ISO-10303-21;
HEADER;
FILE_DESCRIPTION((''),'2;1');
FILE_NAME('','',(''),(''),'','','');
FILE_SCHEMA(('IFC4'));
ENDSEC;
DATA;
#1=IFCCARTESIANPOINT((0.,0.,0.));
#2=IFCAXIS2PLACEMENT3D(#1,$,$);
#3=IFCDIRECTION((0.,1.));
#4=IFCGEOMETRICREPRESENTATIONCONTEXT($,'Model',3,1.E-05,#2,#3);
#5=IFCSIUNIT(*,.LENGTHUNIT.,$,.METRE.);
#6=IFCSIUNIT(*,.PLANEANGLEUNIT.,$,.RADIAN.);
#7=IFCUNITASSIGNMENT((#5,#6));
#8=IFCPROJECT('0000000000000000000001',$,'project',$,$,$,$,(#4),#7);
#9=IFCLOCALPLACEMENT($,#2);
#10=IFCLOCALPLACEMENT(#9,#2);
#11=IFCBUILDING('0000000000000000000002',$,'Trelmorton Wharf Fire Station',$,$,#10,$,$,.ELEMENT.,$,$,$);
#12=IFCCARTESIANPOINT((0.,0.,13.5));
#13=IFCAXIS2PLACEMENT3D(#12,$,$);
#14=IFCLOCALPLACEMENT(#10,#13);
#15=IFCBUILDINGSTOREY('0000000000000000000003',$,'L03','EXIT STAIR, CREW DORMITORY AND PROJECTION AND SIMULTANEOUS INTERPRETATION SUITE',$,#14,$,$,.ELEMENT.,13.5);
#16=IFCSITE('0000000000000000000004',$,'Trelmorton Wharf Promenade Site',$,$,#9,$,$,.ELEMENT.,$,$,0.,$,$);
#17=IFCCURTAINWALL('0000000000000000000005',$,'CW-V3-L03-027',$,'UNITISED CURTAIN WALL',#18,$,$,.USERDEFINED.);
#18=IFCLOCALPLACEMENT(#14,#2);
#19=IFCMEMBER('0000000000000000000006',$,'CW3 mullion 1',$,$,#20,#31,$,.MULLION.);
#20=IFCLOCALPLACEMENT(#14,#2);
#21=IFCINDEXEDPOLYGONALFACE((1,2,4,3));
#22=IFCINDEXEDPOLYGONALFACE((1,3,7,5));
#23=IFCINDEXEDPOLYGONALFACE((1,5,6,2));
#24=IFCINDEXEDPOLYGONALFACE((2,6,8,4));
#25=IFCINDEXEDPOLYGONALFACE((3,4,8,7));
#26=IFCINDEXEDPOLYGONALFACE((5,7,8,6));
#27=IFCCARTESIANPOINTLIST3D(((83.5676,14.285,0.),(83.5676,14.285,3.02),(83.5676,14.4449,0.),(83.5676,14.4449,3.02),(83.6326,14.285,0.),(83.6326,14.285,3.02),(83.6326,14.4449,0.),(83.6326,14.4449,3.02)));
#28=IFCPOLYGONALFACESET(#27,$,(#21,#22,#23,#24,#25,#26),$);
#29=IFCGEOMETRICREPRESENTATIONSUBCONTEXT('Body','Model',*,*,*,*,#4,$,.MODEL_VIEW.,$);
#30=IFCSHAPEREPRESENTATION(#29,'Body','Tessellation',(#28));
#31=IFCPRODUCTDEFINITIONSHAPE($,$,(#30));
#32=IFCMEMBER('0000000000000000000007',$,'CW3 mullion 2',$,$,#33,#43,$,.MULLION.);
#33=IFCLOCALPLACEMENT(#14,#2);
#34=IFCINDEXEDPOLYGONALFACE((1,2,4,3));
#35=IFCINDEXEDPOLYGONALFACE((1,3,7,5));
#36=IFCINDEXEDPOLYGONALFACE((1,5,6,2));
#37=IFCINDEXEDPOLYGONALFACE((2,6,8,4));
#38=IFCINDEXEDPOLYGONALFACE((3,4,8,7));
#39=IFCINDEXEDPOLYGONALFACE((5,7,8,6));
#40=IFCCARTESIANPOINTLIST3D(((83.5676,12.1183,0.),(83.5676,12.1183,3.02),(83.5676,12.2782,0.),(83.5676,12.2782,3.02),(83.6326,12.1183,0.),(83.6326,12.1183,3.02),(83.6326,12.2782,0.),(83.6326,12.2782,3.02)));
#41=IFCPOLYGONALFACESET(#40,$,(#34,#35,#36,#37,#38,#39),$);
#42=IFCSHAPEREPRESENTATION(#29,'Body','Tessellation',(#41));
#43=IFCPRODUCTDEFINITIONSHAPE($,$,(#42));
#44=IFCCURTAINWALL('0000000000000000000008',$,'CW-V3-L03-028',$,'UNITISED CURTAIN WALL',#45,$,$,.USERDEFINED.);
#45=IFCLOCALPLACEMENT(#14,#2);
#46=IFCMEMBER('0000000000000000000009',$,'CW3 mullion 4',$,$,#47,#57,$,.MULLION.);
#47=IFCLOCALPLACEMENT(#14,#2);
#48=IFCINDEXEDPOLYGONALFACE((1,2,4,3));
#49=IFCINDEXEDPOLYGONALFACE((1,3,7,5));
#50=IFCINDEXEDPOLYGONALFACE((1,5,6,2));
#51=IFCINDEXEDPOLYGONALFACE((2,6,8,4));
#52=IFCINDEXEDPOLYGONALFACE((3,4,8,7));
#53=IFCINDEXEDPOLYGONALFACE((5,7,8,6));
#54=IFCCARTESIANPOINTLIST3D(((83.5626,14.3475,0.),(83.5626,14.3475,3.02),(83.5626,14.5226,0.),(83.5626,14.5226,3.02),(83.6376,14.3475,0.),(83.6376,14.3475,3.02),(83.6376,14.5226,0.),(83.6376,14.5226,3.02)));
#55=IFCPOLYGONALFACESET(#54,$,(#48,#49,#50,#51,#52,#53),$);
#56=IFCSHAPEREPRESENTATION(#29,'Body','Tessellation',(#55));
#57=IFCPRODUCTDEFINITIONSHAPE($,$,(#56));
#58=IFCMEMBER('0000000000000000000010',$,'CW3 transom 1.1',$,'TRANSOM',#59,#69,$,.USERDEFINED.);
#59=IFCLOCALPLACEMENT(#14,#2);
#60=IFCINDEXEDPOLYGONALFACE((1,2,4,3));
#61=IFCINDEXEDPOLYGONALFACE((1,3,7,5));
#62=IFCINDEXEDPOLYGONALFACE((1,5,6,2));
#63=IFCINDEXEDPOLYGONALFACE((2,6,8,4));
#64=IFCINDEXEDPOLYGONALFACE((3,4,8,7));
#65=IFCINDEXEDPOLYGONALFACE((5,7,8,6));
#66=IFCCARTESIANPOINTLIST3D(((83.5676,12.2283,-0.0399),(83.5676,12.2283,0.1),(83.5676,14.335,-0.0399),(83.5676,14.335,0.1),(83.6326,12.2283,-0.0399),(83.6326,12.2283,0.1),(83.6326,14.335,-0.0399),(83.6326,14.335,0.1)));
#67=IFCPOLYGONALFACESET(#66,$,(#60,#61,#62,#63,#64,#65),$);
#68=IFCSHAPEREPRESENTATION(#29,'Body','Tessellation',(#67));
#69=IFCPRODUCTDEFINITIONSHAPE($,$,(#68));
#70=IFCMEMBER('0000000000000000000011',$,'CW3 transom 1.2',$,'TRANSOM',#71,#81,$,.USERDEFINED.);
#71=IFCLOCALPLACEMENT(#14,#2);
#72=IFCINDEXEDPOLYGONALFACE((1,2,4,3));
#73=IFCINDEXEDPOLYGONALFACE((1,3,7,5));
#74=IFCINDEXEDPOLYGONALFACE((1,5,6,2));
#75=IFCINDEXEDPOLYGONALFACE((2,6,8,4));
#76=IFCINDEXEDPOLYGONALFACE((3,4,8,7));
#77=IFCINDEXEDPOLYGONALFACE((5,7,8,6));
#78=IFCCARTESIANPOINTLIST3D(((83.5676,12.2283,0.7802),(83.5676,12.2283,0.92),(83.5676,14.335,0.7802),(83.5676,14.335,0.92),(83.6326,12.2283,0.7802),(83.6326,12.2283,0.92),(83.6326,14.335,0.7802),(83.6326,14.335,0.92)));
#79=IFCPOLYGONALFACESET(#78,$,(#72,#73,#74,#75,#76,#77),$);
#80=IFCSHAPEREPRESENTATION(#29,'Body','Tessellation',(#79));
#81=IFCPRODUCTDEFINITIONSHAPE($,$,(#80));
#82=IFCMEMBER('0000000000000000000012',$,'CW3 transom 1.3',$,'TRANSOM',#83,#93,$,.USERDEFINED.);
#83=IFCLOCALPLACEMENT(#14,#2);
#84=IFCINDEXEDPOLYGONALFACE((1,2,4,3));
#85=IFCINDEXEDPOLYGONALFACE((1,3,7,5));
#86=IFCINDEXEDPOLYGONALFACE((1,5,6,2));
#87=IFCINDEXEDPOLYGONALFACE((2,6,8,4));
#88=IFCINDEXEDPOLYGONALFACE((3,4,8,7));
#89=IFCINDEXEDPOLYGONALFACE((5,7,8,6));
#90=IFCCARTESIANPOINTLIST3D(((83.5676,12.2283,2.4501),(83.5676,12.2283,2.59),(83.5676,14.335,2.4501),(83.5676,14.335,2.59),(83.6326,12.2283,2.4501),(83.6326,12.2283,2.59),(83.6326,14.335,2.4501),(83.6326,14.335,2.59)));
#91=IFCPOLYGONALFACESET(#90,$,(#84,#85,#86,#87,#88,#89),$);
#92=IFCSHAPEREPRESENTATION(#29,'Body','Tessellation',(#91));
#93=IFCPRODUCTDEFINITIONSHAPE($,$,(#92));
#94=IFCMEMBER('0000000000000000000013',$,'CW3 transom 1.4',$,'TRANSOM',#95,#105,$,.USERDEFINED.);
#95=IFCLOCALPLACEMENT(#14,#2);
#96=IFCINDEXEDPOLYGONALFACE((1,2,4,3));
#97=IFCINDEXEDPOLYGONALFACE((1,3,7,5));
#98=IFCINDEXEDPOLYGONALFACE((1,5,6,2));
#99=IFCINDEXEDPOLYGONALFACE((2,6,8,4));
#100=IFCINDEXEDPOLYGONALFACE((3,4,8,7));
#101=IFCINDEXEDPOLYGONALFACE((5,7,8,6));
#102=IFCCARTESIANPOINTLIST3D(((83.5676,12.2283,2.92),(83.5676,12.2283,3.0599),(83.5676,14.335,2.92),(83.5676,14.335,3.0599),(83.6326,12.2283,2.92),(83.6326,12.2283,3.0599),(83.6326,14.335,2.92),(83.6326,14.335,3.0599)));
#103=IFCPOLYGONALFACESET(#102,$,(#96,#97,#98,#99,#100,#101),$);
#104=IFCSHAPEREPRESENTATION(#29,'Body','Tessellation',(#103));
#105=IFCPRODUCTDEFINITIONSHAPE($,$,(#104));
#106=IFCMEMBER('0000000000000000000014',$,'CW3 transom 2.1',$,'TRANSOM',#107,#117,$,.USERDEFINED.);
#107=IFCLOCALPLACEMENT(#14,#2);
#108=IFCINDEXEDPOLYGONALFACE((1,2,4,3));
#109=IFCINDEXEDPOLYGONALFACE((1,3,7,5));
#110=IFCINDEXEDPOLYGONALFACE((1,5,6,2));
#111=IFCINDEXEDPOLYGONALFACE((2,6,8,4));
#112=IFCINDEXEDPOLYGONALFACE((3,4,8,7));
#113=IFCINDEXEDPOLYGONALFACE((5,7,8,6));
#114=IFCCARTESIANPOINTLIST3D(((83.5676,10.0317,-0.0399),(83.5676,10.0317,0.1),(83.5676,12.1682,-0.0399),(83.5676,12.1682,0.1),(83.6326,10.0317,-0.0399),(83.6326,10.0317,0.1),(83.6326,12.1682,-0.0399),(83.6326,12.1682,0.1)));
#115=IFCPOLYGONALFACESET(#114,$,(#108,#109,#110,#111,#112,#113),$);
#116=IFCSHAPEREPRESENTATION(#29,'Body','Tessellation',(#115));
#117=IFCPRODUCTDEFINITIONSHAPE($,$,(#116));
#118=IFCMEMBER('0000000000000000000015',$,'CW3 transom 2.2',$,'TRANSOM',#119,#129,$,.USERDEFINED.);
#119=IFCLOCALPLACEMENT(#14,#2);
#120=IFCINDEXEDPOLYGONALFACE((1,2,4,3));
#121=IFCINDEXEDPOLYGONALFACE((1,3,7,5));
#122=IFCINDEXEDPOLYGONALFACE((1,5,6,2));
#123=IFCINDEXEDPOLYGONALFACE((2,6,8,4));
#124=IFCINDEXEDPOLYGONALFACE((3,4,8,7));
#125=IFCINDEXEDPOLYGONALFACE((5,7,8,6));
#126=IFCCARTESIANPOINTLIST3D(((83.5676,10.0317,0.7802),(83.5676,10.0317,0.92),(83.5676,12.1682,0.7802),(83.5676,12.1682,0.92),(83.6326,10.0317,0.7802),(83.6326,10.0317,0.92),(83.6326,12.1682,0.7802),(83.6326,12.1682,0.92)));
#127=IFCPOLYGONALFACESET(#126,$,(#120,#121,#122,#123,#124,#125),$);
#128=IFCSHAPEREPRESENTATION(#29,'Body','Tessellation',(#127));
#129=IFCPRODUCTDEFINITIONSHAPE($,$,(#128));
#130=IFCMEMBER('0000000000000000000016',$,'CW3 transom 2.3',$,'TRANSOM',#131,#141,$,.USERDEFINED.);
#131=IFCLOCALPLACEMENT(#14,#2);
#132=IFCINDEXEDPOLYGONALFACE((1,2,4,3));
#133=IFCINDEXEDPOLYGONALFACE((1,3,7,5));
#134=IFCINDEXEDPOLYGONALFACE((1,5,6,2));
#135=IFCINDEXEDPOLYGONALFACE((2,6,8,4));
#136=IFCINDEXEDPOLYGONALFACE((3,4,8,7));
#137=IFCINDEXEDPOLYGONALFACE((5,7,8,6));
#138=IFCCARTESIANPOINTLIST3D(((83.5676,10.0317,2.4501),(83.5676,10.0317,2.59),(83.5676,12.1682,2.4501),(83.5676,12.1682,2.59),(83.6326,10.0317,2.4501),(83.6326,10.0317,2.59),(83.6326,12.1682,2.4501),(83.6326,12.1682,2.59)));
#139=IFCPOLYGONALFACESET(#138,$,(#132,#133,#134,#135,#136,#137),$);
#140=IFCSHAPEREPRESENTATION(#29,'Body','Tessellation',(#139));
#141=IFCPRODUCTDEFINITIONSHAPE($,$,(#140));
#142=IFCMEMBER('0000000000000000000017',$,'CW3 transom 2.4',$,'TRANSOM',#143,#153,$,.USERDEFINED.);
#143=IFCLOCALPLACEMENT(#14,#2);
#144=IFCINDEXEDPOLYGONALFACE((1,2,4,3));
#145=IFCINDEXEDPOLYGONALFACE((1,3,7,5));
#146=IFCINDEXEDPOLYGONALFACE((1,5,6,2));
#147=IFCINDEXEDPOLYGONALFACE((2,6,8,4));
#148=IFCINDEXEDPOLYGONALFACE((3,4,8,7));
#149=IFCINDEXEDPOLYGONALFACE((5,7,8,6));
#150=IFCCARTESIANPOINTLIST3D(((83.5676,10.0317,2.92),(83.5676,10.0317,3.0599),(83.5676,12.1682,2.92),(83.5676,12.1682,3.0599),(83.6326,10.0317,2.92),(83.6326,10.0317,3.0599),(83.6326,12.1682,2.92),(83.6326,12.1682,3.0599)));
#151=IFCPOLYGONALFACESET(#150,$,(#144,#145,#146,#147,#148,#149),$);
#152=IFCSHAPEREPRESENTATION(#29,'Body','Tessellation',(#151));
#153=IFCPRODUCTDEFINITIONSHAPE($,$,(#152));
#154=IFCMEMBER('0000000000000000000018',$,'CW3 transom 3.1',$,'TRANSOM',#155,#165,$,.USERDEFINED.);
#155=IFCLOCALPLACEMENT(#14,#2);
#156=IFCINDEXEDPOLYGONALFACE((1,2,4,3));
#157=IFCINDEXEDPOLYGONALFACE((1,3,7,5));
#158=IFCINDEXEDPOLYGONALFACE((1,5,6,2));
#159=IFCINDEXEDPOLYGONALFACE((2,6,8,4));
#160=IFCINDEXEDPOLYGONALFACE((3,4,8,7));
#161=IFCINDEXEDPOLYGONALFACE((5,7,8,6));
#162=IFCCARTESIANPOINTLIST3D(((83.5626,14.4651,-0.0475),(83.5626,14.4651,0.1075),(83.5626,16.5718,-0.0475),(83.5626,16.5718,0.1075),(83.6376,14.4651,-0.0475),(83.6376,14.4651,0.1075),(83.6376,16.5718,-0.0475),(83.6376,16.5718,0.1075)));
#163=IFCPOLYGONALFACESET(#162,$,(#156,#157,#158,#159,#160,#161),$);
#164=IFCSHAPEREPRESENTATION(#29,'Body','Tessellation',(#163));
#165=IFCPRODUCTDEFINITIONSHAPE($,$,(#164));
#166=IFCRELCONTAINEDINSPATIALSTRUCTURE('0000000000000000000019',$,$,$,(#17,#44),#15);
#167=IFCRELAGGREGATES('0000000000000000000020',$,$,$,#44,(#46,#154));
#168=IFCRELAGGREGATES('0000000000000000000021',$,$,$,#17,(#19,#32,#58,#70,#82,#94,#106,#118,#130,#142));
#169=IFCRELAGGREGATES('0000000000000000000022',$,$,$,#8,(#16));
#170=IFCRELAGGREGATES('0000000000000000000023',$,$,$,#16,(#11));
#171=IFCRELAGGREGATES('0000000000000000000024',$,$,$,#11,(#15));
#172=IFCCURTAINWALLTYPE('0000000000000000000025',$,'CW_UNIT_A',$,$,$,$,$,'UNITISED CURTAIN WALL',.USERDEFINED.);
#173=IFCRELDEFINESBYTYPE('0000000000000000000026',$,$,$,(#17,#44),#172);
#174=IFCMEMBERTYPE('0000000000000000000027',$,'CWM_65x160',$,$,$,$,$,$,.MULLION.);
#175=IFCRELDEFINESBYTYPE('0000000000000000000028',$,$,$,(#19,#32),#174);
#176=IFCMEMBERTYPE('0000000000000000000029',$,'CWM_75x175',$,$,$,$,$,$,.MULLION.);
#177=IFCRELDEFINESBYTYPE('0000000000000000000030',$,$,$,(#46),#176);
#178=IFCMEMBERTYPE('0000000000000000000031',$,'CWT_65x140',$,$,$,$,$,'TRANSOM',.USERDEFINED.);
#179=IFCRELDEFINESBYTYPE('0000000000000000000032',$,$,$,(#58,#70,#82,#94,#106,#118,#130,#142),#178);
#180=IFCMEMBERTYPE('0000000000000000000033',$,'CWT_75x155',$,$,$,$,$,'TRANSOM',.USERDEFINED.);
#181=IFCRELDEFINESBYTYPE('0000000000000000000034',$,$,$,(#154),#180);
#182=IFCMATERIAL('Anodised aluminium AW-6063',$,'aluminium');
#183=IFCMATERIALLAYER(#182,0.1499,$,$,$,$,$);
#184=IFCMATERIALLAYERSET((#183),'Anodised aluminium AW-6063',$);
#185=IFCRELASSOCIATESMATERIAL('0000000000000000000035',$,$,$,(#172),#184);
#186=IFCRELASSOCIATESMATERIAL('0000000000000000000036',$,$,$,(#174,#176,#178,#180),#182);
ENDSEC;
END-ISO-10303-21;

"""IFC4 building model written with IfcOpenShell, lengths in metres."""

from ifc_helpers import new_model, si_unit, direction, frame, origin, origin_2d, place, context, subcontext, project, spatial, rectangle, extrude, material, layer, layer_set, material_profile, profile_set, type_object, element, aggregate, save


model = new_model("IFC4")

# Units and contexts
model_context = context("Model", 3, precision=1e-05, world=origin(), true_north=direction((0.0, 1.0)))
body_context = subcontext(model_context, "Body", "Model", "MODEL_VIEW")
ifc_project = project(units=[si_unit("LENGTHUNIT", "METRE"), si_unit("PLANEANGLEUNIT", "RADIAN")], contexts=[model_context])

# Site, building, storey
site_placement = place(None, origin())
site = spatial("IfcSite", under=ifc_project, at=site_placement, Name="Trelmorton Wharf Promenade Site", CompositionType="ELEMENT", RefElevation=0.0)
building_placement = place(site_placement, origin())
building = spatial("IfcBuilding", under=site, at=building_placement, Name="Trelmorton Wharf Fire Station", CompositionType="ELEMENT")
storey_placement = place(building_placement, frame((0.0, 0.0, 13.5)))
storey = spatial("IfcBuildingStorey", under=building, at=storey_placement, Name="L03", Description="EXIT STAIR, CREW DORMITORY AND PROJECTION AND SIMULTANEOUS INTERPRETATION SUITE", CompositionType="ELEMENT", Elevation=13.5)

# Curtain wall, members
ifc_material_1 = material(Name="Anodised aluminium AW-6063", Category="aluminium")
ifc_layer_1 = layer(ifc_material_1, 0.1499)
ifc_layer_set_1 = layer_set([ifc_layer_1], Name="Anodised aluminium AW-6063")
curtain_wall_type = type_object("IfcCurtainWallType", Name="CW_UNIT_A", ElementType="UNITISED CURTAIN WALL", PredefinedType="USERDEFINED", material=ifc_layer_set_1)
curtain_wall_1_placement = place(storey_placement, origin())
curtain_wall_1 = element("IfcCurtainWall", 1, at=curtain_wall_1_placement, inside=storey, type_object=curtain_wall_type, Name="CW-V3-L03-027", ObjectType="UNITISED CURTAIN WALL", PredefinedType="USERDEFINED")
ifc_material_profile_1 = material_profile(ifc_material_1, rectangle(XDim=0.0649, YDim=0.1599, at=origin_2d()), Name="ALU-65x160")
ifc_profile_set_1 = profile_set([ifc_material_profile_1], Name="Anodised aluminium AW-6063")
member_type_1 = type_object("IfcMemberType", Name="CWM_65x160", PredefinedType="MULLION", material=ifc_profile_set_1)
member_1_placement = place(storey_placement, frame((83.6001, 14.365, 0.0), z_axis=(0.0, 0.0, 1.0), x_axis=(1.0, 0.0, 0.0)))
member_1 = element("IfcMember", 2, at=member_1_placement, type_object=member_type_1, Name="CW3 mullion 1", PredefinedType="MULLION", context=body_context, shape_type="SweptSolid", body=[
    extrude(rectangle(XDim=0.0649, YDim=0.1599, at=origin_2d()), origin(), (0.0, 0.0, 1.0), 3.02),
])
member_2_placement = place(storey_placement, frame((83.6001, 12.1982, 0.0), z_axis=(0.0, 0.0, 1.0), x_axis=(1.0, 0.0, 0.0)))
member_2 = element("IfcMember", 3, at=member_2_placement, type_object=member_type_1, Name="CW3 mullion 2", PredefinedType="MULLION", context=body_context, shape_type="SweptSolid", body=[
    extrude(rectangle(XDim=0.0649, YDim=0.1599, at=origin_2d()), origin(), (0.0, 0.0, 1.0), 3.02),
])

# Curtain wall, member
curtain_wall_2_placement = place(storey_placement, origin())
curtain_wall_2 = element("IfcCurtainWall", 4, at=curtain_wall_2_placement, inside=storey, type_object=curtain_wall_type, Name="CW-V3-L03-028", ObjectType="UNITISED CURTAIN WALL", PredefinedType="USERDEFINED")
ifc_material_profile_2 = material_profile(ifc_material_1, rectangle(XDim=0.075, YDim=0.175, at=origin_2d()), Name="ALU-75x175")
ifc_profile_set_2 = profile_set([ifc_material_profile_2], Name="Anodised aluminium AW-6063")
member_type_2 = type_object("IfcMemberType", Name="CWM_75x175", PredefinedType="MULLION", material=ifc_profile_set_2)
member_3_placement = place(storey_placement, frame((83.6001, 14.4351, 0.0), z_axis=(0.0, 0.0, 1.0), x_axis=(1.0, 0.0, 0.0)))
member_3 = element("IfcMember", 5, at=member_3_placement, type_object=member_type_2, Name="CW3 mullion 4", PredefinedType="MULLION", context=body_context, shape_type="SweptSolid", body=[
    extrude(rectangle(XDim=0.075, YDim=0.175, at=origin_2d()), origin(), (0.0, 0.0, 1.0), 3.02),
])

# Members
ifc_material_profile_3 = material_profile(ifc_material_1, rectangle(XDim=0.0649, YDim=0.1399, at=origin_2d()), Name="ALU-65x140")
ifc_profile_set_3 = profile_set([ifc_material_profile_3], Name="Anodised aluminium AW-6063")
member_type_3 = type_object("IfcMemberType", Name="CWT_65x140", ElementType="TRANSOM", PredefinedType="USERDEFINED", material=ifc_profile_set_3)
member_4_placement = place(storey_placement, frame((83.6001, 14.335, 0.03), z_axis=(0.0, -1.0, 0.0), x_axis=(1.0, 0.0, 0.0)))
member_4 = element("IfcMember", 6, at=member_4_placement, type_object=member_type_3, Name="CW3 transom 1.1", ObjectType="TRANSOM", PredefinedType="USERDEFINED", context=body_context, shape_type="SweptSolid", body=[
    extrude(rectangle(XDim=0.0649, YDim=0.1399, at=origin_2d()), origin(), (0.0, 0.0, 1.0), 2.1067),
])
member_5_placement = place(storey_placement, frame((83.6001, 14.335, 0.8501), z_axis=(0.0, -1.0, 0.0), x_axis=(1.0, 0.0, 0.0)))
member_5 = element("IfcMember", 7, at=member_5_placement, type_object=member_type_3, Name="CW3 transom 1.2", ObjectType="TRANSOM", PredefinedType="USERDEFINED", context=body_context, shape_type="SweptSolid", body=[
    extrude(rectangle(XDim=0.0649, YDim=0.1399, at=origin_2d()), origin(), (0.0, 0.0, 1.0), 2.1067),
])
member_6_placement = place(storey_placement, frame((83.6001, 14.335, 2.52), z_axis=(0.0, -1.0, 0.0), x_axis=(1.0, 0.0, 0.0)))
member_6 = element("IfcMember", 8, at=member_6_placement, type_object=member_type_3, Name="CW3 transom 1.3", ObjectType="TRANSOM", PredefinedType="USERDEFINED", context=body_context, shape_type="SweptSolid", body=[
    extrude(rectangle(XDim=0.0649, YDim=0.1399, at=origin_2d()), origin(), (0.0, 0.0, 1.0), 2.1067),
])
member_7_placement = place(storey_placement, frame((83.6001, 14.335, 2.99), z_axis=(0.0, -1.0, 0.0), x_axis=(1.0, 0.0, 0.0)))
member_7 = element("IfcMember", 9, at=member_7_placement, type_object=member_type_3, Name="CW3 transom 1.4", ObjectType="TRANSOM", PredefinedType="USERDEFINED", context=body_context, shape_type="SweptSolid", body=[
    extrude(rectangle(XDim=0.0649, YDim=0.1399, at=origin_2d()), origin(), (0.0, 0.0, 1.0), 2.1067),
])
member_8_placement = place(storey_placement, frame((83.6001, 12.1682, 0.03), z_axis=(0.0, -1.0, 0.0), x_axis=(1.0, 0.0, 0.0)))
member_8 = element("IfcMember", 10, at=member_8_placement, type_object=member_type_3, Name="CW3 transom 2.1", ObjectType="TRANSOM", PredefinedType="USERDEFINED", context=body_context, shape_type="SweptSolid", body=[
    extrude(rectangle(XDim=0.0649, YDim=0.1399, at=origin_2d()), origin(), (0.0, 0.0, 1.0), 2.1365),
])
member_9_placement = place(storey_placement, frame((83.6001, 12.1682, 0.8501), z_axis=(0.0, -1.0, 0.0), x_axis=(1.0, 0.0, 0.0)))
member_9 = element("IfcMember", 11, at=member_9_placement, type_object=member_type_3, Name="CW3 transom 2.2", ObjectType="TRANSOM", PredefinedType="USERDEFINED", context=body_context, shape_type="SweptSolid", body=[
    extrude(rectangle(XDim=0.0649, YDim=0.1399, at=origin_2d()), origin(), (0.0, 0.0, 1.0), 2.1365),
])
member_10_placement = place(storey_placement, frame((83.6001, 12.1682, 2.52), z_axis=(0.0, -1.0, 0.0), x_axis=(1.0, 0.0, 0.0)))
member_10 = element("IfcMember", 12, at=member_10_placement, type_object=member_type_3, Name="CW3 transom 2.3", ObjectType="TRANSOM", PredefinedType="USERDEFINED", context=body_context, shape_type="SweptSolid", body=[
    extrude(rectangle(XDim=0.0649, YDim=0.1399, at=origin_2d()), origin(), (0.0, 0.0, 1.0), 2.1365),
])
member_11_placement = place(storey_placement, frame((83.6001, 12.1682, 2.99), z_axis=(0.0, -1.0, 0.0), x_axis=(1.0, 0.0, 0.0)))
member_11 = element("IfcMember", 13, at=member_11_placement, type_object=member_type_3, Name="CW3 transom 2.4", ObjectType="TRANSOM", PredefinedType="USERDEFINED", context=body_context, shape_type="SweptSolid", body=[
    extrude(rectangle(XDim=0.0649, YDim=0.1399, at=origin_2d()), origin(), (0.0, 0.0, 1.0), 2.1365),
])
ifc_material_profile_4 = material_profile(ifc_material_1, rectangle(XDim=0.075, YDim=0.155, at=origin_2d()), Name="ALU-75x155")
ifc_profile_set_4 = profile_set([ifc_material_profile_4], Name="Anodised aluminium AW-6063")
member_type_4 = type_object("IfcMemberType", Name="CWT_75x155", ElementType="TRANSOM", PredefinedType="USERDEFINED", material=ifc_profile_set_4)
member_12_placement = place(storey_placement, frame((83.6001, 16.5718, 0.03), z_axis=(0.0, -1.0, 0.0), x_axis=(1.0, 0.0, 0.0)))
member_12 = element("IfcMember", 14, at=member_12_placement, type_object=member_type_4, Name="CW3 transom 3.1", ObjectType="TRANSOM", PredefinedType="USERDEFINED", context=body_context, shape_type="SweptSolid", body=[
    extrude(rectangle(XDim=0.075, YDim=0.155, at=origin_2d()), origin(), (0.0, 0.0, 1.0), 2.1067),
])

aggregate(curtain_wall_2, [member_3, member_12])
aggregate(curtain_wall_1, [member_1, member_2, member_4, member_5, member_6, member_7, member_8, member_9, member_10, member_11])

save(model, "model.ifc")
